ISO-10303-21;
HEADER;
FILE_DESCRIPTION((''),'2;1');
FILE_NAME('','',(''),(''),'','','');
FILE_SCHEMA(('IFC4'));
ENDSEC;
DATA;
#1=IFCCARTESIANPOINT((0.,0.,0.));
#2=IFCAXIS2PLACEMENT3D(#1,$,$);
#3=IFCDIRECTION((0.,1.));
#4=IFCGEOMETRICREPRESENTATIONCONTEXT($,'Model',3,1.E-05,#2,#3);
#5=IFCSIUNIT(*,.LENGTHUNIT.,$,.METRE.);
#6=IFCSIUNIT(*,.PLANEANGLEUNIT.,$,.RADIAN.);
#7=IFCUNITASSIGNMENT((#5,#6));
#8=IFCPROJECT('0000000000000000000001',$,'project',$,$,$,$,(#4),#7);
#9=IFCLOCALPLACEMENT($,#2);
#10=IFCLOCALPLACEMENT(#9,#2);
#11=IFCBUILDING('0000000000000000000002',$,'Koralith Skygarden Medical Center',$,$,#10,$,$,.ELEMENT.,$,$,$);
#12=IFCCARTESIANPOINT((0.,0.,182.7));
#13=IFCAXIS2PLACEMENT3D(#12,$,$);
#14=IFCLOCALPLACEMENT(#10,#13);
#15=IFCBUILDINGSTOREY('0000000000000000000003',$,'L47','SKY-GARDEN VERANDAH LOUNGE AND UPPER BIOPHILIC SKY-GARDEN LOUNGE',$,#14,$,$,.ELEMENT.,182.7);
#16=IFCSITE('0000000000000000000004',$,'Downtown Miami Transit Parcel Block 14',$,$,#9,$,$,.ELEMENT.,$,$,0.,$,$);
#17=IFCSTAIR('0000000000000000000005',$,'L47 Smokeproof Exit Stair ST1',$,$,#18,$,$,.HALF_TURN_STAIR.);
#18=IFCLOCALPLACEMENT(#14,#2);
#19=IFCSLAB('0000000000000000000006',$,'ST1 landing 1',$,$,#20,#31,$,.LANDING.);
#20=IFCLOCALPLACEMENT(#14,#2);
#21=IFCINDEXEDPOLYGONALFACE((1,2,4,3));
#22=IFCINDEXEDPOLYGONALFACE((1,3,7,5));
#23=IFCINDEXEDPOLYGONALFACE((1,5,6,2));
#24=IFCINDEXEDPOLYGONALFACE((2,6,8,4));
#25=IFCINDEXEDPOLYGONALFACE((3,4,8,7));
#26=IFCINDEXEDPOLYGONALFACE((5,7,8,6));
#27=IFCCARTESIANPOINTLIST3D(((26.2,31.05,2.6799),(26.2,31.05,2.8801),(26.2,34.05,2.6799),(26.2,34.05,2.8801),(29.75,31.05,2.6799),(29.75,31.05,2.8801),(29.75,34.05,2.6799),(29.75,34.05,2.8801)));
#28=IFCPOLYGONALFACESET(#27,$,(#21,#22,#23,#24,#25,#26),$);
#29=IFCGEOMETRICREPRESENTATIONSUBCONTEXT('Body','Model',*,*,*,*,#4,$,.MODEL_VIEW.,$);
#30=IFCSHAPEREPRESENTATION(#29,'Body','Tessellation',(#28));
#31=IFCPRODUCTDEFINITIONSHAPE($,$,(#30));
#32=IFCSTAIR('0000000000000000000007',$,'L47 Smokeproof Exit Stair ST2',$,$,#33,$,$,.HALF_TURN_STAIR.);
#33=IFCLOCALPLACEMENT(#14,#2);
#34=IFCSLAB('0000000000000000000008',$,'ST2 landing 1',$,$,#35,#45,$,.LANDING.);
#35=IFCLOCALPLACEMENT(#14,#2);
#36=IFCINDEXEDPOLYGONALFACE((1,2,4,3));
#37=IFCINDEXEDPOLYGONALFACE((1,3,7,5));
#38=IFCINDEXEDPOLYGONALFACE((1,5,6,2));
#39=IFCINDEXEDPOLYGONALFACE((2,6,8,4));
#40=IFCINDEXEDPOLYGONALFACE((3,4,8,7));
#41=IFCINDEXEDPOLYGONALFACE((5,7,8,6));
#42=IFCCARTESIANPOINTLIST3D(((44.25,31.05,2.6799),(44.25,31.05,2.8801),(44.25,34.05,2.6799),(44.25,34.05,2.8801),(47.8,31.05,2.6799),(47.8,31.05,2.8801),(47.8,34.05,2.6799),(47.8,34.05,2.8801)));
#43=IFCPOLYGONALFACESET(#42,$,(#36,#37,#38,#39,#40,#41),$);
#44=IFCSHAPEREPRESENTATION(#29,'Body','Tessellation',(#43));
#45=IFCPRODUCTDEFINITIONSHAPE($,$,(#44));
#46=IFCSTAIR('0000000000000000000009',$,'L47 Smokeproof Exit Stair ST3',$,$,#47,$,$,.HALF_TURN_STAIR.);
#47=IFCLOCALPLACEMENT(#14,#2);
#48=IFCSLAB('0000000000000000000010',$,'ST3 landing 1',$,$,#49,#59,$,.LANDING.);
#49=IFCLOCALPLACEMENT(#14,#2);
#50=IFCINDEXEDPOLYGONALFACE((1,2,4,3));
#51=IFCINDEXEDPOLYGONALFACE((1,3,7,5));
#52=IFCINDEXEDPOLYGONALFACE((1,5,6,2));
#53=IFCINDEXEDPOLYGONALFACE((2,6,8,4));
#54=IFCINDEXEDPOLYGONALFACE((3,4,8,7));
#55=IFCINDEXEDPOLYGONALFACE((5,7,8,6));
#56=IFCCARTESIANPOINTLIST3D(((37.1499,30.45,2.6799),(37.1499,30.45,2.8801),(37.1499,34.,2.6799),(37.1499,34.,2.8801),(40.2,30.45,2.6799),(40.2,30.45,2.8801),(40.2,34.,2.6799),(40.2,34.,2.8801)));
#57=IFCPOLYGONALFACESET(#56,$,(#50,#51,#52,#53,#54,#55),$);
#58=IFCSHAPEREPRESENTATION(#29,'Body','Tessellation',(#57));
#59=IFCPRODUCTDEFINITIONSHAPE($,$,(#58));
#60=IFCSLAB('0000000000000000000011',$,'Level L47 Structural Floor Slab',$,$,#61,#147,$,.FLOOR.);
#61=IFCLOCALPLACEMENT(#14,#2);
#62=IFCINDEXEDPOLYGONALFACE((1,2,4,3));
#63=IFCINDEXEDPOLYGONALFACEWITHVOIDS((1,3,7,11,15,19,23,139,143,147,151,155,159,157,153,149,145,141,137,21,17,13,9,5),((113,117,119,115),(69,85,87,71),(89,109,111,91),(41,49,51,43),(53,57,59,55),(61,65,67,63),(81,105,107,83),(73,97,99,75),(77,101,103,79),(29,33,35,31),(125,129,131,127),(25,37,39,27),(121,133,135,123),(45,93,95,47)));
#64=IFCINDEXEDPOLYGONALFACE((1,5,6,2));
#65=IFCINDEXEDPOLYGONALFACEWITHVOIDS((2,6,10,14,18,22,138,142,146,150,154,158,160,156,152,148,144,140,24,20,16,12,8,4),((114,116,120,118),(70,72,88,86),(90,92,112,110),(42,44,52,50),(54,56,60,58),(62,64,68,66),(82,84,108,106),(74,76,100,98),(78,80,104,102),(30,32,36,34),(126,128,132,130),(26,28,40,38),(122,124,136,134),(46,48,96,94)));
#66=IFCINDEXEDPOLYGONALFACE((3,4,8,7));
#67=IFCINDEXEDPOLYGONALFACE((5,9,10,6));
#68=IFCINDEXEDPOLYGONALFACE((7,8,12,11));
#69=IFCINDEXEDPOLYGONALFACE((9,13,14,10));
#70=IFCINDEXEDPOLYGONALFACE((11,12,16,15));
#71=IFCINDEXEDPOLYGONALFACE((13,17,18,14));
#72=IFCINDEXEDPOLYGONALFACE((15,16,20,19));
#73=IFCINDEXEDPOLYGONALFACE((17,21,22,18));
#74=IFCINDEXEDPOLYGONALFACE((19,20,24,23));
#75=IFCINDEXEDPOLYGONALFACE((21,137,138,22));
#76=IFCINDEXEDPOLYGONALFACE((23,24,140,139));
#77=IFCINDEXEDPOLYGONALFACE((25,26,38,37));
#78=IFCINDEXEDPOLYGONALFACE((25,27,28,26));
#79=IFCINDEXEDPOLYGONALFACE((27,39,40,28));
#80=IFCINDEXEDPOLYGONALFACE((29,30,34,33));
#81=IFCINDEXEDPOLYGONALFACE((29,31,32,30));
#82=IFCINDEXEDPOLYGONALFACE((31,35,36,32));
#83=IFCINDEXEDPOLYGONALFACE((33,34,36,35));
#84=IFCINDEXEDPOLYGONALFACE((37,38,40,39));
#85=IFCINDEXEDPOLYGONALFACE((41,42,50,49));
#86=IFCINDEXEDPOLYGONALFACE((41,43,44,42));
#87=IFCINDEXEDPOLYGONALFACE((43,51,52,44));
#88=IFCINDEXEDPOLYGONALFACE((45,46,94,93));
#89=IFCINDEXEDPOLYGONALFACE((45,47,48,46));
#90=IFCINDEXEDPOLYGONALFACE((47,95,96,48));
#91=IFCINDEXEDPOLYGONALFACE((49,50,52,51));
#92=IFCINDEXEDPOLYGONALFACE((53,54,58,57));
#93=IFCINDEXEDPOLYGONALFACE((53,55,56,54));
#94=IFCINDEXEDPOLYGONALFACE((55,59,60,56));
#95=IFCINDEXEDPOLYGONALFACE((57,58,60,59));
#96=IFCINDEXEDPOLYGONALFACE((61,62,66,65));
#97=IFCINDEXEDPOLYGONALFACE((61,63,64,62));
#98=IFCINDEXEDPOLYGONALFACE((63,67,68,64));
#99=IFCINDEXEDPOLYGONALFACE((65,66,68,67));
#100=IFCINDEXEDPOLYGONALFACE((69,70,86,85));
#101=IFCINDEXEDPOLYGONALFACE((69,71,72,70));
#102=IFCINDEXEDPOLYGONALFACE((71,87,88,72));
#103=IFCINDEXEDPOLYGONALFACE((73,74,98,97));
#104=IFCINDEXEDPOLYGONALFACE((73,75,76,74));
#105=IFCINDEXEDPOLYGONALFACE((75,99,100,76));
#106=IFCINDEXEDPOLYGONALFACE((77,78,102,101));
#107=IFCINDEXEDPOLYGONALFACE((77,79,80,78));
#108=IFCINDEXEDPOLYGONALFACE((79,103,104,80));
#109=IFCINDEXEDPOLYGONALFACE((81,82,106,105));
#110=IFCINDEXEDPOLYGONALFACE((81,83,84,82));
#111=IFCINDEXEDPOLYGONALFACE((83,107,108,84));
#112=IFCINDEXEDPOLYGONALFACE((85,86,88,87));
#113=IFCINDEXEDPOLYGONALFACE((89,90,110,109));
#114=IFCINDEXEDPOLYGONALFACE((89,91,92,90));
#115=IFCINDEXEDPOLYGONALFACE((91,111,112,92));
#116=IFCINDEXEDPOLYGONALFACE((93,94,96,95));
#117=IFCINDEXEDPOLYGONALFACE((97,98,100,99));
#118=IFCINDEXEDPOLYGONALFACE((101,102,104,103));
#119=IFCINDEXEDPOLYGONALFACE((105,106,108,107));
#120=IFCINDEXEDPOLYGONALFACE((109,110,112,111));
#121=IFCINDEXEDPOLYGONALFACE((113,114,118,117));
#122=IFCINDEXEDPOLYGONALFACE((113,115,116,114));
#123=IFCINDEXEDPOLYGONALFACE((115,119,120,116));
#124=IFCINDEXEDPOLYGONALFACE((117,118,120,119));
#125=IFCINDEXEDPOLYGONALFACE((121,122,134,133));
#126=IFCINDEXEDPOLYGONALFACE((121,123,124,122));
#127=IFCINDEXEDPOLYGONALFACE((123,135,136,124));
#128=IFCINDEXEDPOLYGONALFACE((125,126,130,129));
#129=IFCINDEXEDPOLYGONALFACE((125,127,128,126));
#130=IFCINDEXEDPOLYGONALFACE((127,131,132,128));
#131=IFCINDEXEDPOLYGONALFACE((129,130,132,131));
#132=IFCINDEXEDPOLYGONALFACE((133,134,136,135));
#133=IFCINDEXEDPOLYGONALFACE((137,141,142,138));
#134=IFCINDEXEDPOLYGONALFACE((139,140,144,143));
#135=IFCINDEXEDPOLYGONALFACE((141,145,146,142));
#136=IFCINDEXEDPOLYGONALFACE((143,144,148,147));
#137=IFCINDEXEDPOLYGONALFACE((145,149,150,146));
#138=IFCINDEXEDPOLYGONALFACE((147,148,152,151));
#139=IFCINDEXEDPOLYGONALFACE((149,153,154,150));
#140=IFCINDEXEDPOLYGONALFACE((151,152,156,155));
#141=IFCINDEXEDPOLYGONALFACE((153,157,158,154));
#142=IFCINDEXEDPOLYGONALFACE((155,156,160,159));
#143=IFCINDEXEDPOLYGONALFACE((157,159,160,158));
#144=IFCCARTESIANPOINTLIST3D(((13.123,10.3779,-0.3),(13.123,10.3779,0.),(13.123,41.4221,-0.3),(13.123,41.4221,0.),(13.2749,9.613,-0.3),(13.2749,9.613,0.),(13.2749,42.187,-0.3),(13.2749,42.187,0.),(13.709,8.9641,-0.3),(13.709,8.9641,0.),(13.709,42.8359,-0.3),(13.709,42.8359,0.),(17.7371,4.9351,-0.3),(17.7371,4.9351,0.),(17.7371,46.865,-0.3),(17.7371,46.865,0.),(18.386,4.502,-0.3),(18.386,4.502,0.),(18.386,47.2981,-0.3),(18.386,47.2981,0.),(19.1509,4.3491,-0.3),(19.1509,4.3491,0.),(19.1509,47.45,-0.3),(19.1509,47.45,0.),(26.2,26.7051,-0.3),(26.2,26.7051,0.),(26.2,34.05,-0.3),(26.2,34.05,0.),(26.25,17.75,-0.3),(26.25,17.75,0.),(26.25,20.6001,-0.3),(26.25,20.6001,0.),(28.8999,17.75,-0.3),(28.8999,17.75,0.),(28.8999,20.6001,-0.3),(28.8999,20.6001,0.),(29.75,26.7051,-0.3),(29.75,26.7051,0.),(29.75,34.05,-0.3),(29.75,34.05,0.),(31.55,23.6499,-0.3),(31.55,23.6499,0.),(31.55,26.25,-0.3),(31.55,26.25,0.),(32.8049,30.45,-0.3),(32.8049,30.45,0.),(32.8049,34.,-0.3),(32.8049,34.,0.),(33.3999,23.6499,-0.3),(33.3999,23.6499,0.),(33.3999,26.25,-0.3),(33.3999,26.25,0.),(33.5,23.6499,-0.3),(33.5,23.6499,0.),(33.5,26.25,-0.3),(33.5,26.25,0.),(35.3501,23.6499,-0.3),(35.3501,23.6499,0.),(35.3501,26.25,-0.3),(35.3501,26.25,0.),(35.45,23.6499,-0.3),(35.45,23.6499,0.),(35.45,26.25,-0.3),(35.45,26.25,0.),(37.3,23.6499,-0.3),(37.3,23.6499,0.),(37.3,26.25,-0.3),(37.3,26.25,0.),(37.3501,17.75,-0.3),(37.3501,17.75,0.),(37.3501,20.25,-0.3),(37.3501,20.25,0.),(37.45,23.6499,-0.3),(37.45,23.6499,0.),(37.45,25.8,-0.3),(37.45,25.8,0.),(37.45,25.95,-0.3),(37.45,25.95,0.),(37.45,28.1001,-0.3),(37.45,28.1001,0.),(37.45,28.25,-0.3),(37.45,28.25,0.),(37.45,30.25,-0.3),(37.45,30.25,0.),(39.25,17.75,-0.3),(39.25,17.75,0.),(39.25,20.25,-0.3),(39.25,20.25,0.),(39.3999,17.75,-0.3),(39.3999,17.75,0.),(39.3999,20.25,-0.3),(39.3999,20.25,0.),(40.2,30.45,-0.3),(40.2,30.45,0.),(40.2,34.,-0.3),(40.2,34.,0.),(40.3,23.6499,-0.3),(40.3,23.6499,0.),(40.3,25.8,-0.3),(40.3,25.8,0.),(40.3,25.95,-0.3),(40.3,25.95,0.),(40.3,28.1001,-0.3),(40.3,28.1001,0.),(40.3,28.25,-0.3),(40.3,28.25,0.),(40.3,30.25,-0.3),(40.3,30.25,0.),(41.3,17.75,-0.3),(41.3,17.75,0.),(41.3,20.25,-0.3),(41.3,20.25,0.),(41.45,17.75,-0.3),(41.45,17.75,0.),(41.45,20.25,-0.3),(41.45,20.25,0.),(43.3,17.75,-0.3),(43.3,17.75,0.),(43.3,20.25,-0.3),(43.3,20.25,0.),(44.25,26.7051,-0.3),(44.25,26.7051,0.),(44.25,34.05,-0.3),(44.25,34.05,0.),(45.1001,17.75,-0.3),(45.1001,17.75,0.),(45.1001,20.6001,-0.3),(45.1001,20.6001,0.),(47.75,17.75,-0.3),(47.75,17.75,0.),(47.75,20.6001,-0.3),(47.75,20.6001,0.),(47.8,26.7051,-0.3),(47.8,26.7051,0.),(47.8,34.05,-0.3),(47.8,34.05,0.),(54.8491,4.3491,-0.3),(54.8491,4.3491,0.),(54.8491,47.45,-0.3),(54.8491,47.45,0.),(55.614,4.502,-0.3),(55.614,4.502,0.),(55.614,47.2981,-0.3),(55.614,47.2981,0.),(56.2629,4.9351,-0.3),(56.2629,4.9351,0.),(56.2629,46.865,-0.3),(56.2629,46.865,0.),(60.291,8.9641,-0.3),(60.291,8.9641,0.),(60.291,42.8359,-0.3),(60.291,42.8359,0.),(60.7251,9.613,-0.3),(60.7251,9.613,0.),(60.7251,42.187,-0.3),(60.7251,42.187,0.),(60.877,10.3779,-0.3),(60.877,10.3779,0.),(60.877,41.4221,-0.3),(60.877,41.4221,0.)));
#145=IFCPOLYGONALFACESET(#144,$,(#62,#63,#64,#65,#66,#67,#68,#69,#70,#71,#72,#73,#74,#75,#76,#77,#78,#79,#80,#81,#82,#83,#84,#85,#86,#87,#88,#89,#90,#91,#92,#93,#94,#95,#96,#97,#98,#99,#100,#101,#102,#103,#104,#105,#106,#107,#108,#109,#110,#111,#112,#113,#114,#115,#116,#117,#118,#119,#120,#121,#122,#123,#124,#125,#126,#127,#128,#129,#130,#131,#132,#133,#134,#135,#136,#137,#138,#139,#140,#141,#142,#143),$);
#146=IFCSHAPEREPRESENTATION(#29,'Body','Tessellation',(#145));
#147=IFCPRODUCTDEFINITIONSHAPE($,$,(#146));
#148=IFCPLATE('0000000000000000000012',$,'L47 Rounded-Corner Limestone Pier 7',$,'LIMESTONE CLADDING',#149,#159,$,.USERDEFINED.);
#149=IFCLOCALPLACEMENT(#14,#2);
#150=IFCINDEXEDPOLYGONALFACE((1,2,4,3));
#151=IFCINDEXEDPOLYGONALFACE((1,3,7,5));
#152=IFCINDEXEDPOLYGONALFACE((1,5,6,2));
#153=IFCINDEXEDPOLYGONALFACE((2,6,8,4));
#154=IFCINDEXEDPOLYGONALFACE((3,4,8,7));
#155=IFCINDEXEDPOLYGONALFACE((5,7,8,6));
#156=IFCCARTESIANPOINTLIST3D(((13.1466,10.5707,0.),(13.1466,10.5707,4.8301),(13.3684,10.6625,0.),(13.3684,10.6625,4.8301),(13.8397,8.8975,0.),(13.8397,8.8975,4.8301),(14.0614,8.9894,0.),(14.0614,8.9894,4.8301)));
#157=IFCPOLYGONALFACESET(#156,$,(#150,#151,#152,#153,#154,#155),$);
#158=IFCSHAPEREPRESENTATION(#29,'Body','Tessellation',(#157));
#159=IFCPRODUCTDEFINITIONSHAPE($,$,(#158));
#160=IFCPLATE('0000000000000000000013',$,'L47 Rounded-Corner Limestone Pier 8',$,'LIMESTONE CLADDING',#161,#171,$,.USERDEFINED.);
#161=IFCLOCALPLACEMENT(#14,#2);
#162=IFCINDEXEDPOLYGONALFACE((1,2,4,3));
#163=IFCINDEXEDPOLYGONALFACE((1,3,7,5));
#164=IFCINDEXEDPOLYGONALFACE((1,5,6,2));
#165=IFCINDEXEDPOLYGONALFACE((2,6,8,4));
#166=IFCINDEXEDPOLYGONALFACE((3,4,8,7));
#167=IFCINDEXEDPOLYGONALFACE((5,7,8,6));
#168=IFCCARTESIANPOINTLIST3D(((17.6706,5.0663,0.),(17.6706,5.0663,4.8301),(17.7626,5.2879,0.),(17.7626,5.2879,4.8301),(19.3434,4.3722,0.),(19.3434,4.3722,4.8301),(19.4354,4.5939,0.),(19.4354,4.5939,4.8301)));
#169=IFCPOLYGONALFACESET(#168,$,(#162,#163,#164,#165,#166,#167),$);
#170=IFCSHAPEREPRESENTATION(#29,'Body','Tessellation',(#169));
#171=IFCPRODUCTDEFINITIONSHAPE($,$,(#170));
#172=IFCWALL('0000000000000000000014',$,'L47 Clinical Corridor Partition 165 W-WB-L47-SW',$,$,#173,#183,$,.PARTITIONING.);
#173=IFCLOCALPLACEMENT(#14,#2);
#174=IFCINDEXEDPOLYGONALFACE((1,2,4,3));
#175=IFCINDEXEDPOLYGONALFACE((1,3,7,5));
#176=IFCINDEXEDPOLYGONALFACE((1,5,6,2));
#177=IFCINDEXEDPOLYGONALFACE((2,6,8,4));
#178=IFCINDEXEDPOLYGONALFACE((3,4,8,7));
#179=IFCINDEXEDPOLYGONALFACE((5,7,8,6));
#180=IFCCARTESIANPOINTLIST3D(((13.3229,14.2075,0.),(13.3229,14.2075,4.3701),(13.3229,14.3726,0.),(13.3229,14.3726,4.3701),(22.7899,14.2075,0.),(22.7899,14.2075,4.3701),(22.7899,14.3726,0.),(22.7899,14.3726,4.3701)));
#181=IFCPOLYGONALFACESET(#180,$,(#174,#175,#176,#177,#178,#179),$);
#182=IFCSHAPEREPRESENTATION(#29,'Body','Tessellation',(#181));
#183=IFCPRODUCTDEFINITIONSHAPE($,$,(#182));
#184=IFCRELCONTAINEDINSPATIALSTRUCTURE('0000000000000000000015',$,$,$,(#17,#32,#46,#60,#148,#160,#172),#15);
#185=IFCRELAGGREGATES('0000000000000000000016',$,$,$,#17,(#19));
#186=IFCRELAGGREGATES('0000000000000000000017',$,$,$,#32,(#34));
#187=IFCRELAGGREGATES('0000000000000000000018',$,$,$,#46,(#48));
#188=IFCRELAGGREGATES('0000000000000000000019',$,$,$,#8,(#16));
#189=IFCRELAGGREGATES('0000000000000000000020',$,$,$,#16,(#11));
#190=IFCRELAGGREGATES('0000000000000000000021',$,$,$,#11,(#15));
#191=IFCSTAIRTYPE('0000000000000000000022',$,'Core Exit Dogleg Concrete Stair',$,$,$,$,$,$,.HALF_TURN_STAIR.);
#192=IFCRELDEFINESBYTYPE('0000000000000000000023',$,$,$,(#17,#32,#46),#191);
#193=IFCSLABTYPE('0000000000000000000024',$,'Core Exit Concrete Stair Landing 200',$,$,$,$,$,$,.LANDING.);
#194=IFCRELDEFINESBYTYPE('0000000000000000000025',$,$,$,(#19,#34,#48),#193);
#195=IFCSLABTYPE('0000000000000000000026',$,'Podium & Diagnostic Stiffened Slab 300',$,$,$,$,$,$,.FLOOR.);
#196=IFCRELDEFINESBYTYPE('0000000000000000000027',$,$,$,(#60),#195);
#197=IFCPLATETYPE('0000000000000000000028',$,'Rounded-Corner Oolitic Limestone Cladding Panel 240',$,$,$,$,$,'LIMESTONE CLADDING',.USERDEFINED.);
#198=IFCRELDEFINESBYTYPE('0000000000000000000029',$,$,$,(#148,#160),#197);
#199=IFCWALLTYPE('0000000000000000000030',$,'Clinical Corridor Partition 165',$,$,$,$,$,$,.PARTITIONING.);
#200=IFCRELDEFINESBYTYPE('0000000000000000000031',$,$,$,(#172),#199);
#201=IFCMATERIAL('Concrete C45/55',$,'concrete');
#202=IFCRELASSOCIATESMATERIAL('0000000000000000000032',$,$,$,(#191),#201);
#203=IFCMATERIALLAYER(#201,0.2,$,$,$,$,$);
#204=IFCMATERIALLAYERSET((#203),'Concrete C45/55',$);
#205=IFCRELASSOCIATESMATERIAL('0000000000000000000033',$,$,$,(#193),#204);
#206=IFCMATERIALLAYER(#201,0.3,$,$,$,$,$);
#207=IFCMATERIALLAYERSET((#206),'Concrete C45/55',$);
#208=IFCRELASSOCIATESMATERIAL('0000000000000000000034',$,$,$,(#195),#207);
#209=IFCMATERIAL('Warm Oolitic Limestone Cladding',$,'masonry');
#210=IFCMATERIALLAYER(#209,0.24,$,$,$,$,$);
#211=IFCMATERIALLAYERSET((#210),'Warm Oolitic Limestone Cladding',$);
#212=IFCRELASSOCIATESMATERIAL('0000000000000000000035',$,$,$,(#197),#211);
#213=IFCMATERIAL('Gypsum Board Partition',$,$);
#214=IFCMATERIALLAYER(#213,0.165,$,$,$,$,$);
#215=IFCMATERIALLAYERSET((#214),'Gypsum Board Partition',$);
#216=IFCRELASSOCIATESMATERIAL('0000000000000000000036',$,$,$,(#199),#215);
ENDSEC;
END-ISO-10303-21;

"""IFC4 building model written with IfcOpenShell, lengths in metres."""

from ifc_helpers import new_model, si_unit, direction, frame, frame_2d, origin, origin_2d, place, context, subcontext, project, spatial, polyline, rectangle, outline, extrude, material, layer, layer_set, type_object, element, aggregate, save


model = new_model("IFC4")

# Units and contexts
model_context = context("Model", 3, precision=1e-05, world=origin(), true_north=direction((0.0, 1.0)))
body_context = subcontext(model_context, "Body", "Model", "MODEL_VIEW")
ifc_project = project(units=[si_unit("LENGTHUNIT", "METRE"), si_unit("PLANEANGLEUNIT", "RADIAN")], contexts=[model_context])

# Site, building, storey
site_placement = place(None, origin())
site = spatial("IfcSite", under=ifc_project, at=site_placement, Name="Downtown Miami Transit Parcel Block 14", CompositionType="ELEMENT", RefElevation=0.0)
building_placement = place(site_placement, origin())
building = spatial("IfcBuilding", under=site, at=building_placement, Name="Koralith Skygarden Medical Center", CompositionType="ELEMENT")
storey_placement = place(building_placement, frame((0.0, 0.0, 182.7)))
storey = spatial("IfcBuildingStorey", under=building, at=storey_placement, Name="L47", Description="SKY-GARDEN VERANDAH LOUNGE AND UPPER BIOPHILIC SKY-GARDEN LOUNGE", CompositionType="ELEMENT", Elevation=182.7)

# Shared definitions
ifc_material_1 = material(Name="Concrete C45/55", Category="concrete")

# Stairs, slabs
stair_type = type_object("IfcStairType", Name="Core Exit Dogleg Concrete Stair", PredefinedType="HALF_TURN_STAIR", material=ifc_material_1)
stair_1_placement = place(storey_placement, origin())
stair_1 = element("IfcStair", 1, at=stair_1_placement, inside=storey, type_object=stair_type, Name="L47 Smokeproof Exit Stair ST1", PredefinedType="HALF_TURN_STAIR")
ifc_layer_1 = layer(ifc_material_1, 0.2)
ifc_layer_set_1 = layer_set([ifc_layer_1], Name="Concrete C45/55")
slab_type_1 = type_object("IfcSlabType", Name="Core Exit Concrete Stair Landing 200", PredefinedType="LANDING", material=ifc_layer_set_1)
slab_1_placement = place(storey_placement, frame((0.0, 0.0, 2.6799)))
slab_1 = element("IfcSlab", 2, at=slab_1_placement, type_object=slab_type_1, Name="ST1 landing 1", PredefinedType="LANDING", context=body_context, shape_type="SweptSolid", body=[
    extrude(outline(polyline([(29.75, 31.05), (29.75, 34.05), (26.2, 34.05), (26.2, 31.05), (29.75, 31.05)])), origin(), (0.0, 0.0, 1.0), 0.2002),
])
aggregate(stair_1, [slab_1])
stair_2_placement = place(storey_placement, origin())
stair_2 = element("IfcStair", 3, at=stair_2_placement, inside=storey, type_object=stair_type, Name="L47 Smokeproof Exit Stair ST2", PredefinedType="HALF_TURN_STAIR")
slab_2_placement = place(storey_placement, frame((0.0, 0.0, 2.6799)))
slab_2 = element("IfcSlab", 4, at=slab_2_placement, type_object=slab_type_1, Name="ST2 landing 1", PredefinedType="LANDING", context=body_context, shape_type="SweptSolid", body=[
    extrude(outline(polyline([(47.8, 31.05), (47.8, 34.05), (44.25, 34.05), (44.25, 31.05), (47.8, 31.05)])), origin(), (0.0, 0.0, 1.0), 0.2002),
])
aggregate(stair_2, [slab_2])
stair_3_placement = place(storey_placement, origin())
stair_3 = element("IfcStair", 5, at=stair_3_placement, inside=storey, type_object=stair_type, Name="L47 Smokeproof Exit Stair ST3", PredefinedType="HALF_TURN_STAIR")
slab_3_placement = place(storey_placement, frame((0.0, 0.0, 2.6799)))
slab_3 = element("IfcSlab", 6, at=slab_3_placement, type_object=slab_type_1, Name="ST3 landing 1", PredefinedType="LANDING", context=body_context, shape_type="SweptSolid", body=[
    extrude(outline(polyline([(37.1499, 30.45), (40.2, 30.45), (40.2, 34.0), (37.1499, 34.0), (37.1499, 30.45)])), origin(), (0.0, 0.0, 1.0), 0.2002),
])
aggregate(stair_3, [slab_3])

# Slab
ifc_layer_2 = layer(ifc_material_1, 0.3)
ifc_layer_set_2 = layer_set([ifc_layer_2], Name="Concrete C45/55")
slab_type_2 = type_object("IfcSlabType", Name="Podium & Diagnostic Stiffened Slab 300", PredefinedType="FLOOR", material=ifc_layer_set_2)
slab_4_placement = place(storey_placement, frame((0.0, 0.0, -0.3)))
element("IfcSlab", 7, at=slab_4_placement, inside=storey, type_object=slab_type_2, Name="Level L47 Structural Floor Slab", PredefinedType="FLOOR", context=body_context, shape_type="SweptSolid", body=[
    extrude(outline(polyline([(17.7371, 4.9351), (18.386, 4.502), (19.1509, 4.3491), (54.8491, 4.3491), (55.614, 4.502), (56.2629, 4.9351), (60.291, 8.9641), (60.7251, 9.613), (60.877, 10.3779), (60.877, 41.4221), (60.7251, 42.187), (60.291, 42.8359), (56.2629, 46.865), (55.614, 47.2981), (54.8491, 47.45), (19.1509, 47.45), (18.386, 47.2981), (17.7371, 46.865), (13.709, 42.8359), (13.2749, 42.187), (13.123, 41.4221), (13.123, 10.3779), (13.2749, 9.613), (13.709, 8.9641), (17.7371, 4.9351)]), holes=[polyline([(26.2, 26.7051), (29.75, 26.7051), (29.75, 34.05), (26.2, 34.05), (26.2, 26.7051)]), polyline([(44.25, 26.7051), (47.8, 26.7051), (47.8, 34.05), (44.25, 34.05), (44.25, 26.7051)]), polyline([(32.8049, 30.45), (40.2, 30.45), (40.2, 34.0), (32.8049, 34.0), (32.8049, 30.45)]), polyline([(26.25, 17.75), (28.8999, 17.75), (28.8999, 20.6001), (26.25, 20.6001), (26.25, 17.75)]), polyline([(45.1001, 17.75), (47.75, 17.75), (47.75, 20.6001), (45.1001, 20.6001), (45.1001, 17.75)]), polyline([(37.3501, 17.75), (39.25, 17.75), (39.25, 20.25), (37.3501, 20.25), (37.3501, 17.75)]), polyline([(39.3999, 17.75), (41.3, 17.75), (41.3, 20.25), (39.3999, 20.25), (39.3999, 17.75)]), polyline([(41.45, 17.75), (43.3, 17.75), (43.3, 20.25), (41.45, 20.25), (41.45, 17.75)]), polyline([(31.55, 23.6499), (33.3999, 23.6499), (33.3999, 26.25), (31.55, 26.25), (31.55, 23.6499)]), polyline([(33.5, 23.6499), (35.3501, 23.6499), (35.3501, 26.25), (33.5, 26.25), (33.5, 23.6499)]), polyline([(35.45, 23.6499), (37.3, 23.6499), (37.3, 26.25), (35.45, 26.25), (35.45, 23.6499)]), polyline([(37.45, 23.6499), (40.3, 23.6499), (40.3, 25.8), (37.45, 25.8), (37.45, 23.6499)]), polyline([(37.45, 25.95), (40.3, 25.95), (40.3, 28.1001), (37.45, 28.1001), (37.45, 25.95)]), polyline([(37.45, 28.25), (40.3, 28.25), (40.3, 30.25), (37.45, 30.25), (37.45, 28.25)])]), origin(), (0.0, 0.0, 1.0), 0.3),
])

# Plates
ifc_material_2 = material(Name="Warm Oolitic Limestone Cladding", Category="masonry")
ifc_layer_3 = layer(ifc_material_2, 0.24)
ifc_layer_set_3 = layer_set([ifc_layer_3], Name="Warm Oolitic Limestone Cladding")
plate_type_1 = type_object("IfcPlateType", Name="Rounded-Corner Oolitic Limestone Cladding Panel 240", ElementType="LIMESTONE CLADDING", PredefinedType="USERDEFINED", material=ifc_layer_set_3)
for number, where, z_axis, x_axis, name in (
    (8, (13.604, 9.78, 0.0), (0.0, 0.0, 1.0), (0.382671, -0.923885, 0.0), "L47 Rounded-Corner Limestone Pier 7"),
    (9, (18.553, 4.8301, 0.0), (0.0, 0.0, 1.0), (0.92366, -0.383214, 0.0), "L47 Rounded-Corner Limestone Pier 8"),
):
    element("IfcPlate", number, at=place(storey_placement, frame(where, z_axis=z_axis, x_axis=x_axis)), inside=storey, type_object=plate_type_1, Name=name, ObjectType="LIMESTONE CLADDING", PredefinedType="USERDEFINED", context=body_context, shape_type="SweptSolid", body=[
        extrude(rectangle(XDim=1.811, YDim=0.24, at=origin_2d()), origin(), (0.0, 0.0, 1.0), 4.8301),
    ])

# Wall
ifc_material_3 = material(Name="Gypsum Board Partition")
ifc_layer_4 = layer(ifc_material_3, 0.165)
ifc_layer_set_4 = layer_set([ifc_layer_4], Name="Gypsum Board Partition")
wall_type_1 = type_object("IfcWallType", Name="Clinical Corridor Partition 165", PredefinedType="PARTITIONING", material=ifc_layer_set_4)
wall_1_placement = place(storey_placement, frame((13.323, 14.29, 0.0), z_axis=(0.0, 0.0, 1.0), x_axis=(1.0, 0.0, 0.0)))
element("IfcWall", 10, at=wall_1_placement, inside=storey, type_object=wall_type_1, Name="L47 Clinical Corridor Partition 165 W-WB-L47-SW", PredefinedType="PARTITIONING", context=body_context, shape_type="SweptSolid", body=[
    extrude(rectangle(XDim=9.467, YDim=0.165, at=frame_2d((4.7334, 0.0))), origin(), (0.0, 0.0, 1.0), 4.3701),
])

save(model, "model.ifc")
